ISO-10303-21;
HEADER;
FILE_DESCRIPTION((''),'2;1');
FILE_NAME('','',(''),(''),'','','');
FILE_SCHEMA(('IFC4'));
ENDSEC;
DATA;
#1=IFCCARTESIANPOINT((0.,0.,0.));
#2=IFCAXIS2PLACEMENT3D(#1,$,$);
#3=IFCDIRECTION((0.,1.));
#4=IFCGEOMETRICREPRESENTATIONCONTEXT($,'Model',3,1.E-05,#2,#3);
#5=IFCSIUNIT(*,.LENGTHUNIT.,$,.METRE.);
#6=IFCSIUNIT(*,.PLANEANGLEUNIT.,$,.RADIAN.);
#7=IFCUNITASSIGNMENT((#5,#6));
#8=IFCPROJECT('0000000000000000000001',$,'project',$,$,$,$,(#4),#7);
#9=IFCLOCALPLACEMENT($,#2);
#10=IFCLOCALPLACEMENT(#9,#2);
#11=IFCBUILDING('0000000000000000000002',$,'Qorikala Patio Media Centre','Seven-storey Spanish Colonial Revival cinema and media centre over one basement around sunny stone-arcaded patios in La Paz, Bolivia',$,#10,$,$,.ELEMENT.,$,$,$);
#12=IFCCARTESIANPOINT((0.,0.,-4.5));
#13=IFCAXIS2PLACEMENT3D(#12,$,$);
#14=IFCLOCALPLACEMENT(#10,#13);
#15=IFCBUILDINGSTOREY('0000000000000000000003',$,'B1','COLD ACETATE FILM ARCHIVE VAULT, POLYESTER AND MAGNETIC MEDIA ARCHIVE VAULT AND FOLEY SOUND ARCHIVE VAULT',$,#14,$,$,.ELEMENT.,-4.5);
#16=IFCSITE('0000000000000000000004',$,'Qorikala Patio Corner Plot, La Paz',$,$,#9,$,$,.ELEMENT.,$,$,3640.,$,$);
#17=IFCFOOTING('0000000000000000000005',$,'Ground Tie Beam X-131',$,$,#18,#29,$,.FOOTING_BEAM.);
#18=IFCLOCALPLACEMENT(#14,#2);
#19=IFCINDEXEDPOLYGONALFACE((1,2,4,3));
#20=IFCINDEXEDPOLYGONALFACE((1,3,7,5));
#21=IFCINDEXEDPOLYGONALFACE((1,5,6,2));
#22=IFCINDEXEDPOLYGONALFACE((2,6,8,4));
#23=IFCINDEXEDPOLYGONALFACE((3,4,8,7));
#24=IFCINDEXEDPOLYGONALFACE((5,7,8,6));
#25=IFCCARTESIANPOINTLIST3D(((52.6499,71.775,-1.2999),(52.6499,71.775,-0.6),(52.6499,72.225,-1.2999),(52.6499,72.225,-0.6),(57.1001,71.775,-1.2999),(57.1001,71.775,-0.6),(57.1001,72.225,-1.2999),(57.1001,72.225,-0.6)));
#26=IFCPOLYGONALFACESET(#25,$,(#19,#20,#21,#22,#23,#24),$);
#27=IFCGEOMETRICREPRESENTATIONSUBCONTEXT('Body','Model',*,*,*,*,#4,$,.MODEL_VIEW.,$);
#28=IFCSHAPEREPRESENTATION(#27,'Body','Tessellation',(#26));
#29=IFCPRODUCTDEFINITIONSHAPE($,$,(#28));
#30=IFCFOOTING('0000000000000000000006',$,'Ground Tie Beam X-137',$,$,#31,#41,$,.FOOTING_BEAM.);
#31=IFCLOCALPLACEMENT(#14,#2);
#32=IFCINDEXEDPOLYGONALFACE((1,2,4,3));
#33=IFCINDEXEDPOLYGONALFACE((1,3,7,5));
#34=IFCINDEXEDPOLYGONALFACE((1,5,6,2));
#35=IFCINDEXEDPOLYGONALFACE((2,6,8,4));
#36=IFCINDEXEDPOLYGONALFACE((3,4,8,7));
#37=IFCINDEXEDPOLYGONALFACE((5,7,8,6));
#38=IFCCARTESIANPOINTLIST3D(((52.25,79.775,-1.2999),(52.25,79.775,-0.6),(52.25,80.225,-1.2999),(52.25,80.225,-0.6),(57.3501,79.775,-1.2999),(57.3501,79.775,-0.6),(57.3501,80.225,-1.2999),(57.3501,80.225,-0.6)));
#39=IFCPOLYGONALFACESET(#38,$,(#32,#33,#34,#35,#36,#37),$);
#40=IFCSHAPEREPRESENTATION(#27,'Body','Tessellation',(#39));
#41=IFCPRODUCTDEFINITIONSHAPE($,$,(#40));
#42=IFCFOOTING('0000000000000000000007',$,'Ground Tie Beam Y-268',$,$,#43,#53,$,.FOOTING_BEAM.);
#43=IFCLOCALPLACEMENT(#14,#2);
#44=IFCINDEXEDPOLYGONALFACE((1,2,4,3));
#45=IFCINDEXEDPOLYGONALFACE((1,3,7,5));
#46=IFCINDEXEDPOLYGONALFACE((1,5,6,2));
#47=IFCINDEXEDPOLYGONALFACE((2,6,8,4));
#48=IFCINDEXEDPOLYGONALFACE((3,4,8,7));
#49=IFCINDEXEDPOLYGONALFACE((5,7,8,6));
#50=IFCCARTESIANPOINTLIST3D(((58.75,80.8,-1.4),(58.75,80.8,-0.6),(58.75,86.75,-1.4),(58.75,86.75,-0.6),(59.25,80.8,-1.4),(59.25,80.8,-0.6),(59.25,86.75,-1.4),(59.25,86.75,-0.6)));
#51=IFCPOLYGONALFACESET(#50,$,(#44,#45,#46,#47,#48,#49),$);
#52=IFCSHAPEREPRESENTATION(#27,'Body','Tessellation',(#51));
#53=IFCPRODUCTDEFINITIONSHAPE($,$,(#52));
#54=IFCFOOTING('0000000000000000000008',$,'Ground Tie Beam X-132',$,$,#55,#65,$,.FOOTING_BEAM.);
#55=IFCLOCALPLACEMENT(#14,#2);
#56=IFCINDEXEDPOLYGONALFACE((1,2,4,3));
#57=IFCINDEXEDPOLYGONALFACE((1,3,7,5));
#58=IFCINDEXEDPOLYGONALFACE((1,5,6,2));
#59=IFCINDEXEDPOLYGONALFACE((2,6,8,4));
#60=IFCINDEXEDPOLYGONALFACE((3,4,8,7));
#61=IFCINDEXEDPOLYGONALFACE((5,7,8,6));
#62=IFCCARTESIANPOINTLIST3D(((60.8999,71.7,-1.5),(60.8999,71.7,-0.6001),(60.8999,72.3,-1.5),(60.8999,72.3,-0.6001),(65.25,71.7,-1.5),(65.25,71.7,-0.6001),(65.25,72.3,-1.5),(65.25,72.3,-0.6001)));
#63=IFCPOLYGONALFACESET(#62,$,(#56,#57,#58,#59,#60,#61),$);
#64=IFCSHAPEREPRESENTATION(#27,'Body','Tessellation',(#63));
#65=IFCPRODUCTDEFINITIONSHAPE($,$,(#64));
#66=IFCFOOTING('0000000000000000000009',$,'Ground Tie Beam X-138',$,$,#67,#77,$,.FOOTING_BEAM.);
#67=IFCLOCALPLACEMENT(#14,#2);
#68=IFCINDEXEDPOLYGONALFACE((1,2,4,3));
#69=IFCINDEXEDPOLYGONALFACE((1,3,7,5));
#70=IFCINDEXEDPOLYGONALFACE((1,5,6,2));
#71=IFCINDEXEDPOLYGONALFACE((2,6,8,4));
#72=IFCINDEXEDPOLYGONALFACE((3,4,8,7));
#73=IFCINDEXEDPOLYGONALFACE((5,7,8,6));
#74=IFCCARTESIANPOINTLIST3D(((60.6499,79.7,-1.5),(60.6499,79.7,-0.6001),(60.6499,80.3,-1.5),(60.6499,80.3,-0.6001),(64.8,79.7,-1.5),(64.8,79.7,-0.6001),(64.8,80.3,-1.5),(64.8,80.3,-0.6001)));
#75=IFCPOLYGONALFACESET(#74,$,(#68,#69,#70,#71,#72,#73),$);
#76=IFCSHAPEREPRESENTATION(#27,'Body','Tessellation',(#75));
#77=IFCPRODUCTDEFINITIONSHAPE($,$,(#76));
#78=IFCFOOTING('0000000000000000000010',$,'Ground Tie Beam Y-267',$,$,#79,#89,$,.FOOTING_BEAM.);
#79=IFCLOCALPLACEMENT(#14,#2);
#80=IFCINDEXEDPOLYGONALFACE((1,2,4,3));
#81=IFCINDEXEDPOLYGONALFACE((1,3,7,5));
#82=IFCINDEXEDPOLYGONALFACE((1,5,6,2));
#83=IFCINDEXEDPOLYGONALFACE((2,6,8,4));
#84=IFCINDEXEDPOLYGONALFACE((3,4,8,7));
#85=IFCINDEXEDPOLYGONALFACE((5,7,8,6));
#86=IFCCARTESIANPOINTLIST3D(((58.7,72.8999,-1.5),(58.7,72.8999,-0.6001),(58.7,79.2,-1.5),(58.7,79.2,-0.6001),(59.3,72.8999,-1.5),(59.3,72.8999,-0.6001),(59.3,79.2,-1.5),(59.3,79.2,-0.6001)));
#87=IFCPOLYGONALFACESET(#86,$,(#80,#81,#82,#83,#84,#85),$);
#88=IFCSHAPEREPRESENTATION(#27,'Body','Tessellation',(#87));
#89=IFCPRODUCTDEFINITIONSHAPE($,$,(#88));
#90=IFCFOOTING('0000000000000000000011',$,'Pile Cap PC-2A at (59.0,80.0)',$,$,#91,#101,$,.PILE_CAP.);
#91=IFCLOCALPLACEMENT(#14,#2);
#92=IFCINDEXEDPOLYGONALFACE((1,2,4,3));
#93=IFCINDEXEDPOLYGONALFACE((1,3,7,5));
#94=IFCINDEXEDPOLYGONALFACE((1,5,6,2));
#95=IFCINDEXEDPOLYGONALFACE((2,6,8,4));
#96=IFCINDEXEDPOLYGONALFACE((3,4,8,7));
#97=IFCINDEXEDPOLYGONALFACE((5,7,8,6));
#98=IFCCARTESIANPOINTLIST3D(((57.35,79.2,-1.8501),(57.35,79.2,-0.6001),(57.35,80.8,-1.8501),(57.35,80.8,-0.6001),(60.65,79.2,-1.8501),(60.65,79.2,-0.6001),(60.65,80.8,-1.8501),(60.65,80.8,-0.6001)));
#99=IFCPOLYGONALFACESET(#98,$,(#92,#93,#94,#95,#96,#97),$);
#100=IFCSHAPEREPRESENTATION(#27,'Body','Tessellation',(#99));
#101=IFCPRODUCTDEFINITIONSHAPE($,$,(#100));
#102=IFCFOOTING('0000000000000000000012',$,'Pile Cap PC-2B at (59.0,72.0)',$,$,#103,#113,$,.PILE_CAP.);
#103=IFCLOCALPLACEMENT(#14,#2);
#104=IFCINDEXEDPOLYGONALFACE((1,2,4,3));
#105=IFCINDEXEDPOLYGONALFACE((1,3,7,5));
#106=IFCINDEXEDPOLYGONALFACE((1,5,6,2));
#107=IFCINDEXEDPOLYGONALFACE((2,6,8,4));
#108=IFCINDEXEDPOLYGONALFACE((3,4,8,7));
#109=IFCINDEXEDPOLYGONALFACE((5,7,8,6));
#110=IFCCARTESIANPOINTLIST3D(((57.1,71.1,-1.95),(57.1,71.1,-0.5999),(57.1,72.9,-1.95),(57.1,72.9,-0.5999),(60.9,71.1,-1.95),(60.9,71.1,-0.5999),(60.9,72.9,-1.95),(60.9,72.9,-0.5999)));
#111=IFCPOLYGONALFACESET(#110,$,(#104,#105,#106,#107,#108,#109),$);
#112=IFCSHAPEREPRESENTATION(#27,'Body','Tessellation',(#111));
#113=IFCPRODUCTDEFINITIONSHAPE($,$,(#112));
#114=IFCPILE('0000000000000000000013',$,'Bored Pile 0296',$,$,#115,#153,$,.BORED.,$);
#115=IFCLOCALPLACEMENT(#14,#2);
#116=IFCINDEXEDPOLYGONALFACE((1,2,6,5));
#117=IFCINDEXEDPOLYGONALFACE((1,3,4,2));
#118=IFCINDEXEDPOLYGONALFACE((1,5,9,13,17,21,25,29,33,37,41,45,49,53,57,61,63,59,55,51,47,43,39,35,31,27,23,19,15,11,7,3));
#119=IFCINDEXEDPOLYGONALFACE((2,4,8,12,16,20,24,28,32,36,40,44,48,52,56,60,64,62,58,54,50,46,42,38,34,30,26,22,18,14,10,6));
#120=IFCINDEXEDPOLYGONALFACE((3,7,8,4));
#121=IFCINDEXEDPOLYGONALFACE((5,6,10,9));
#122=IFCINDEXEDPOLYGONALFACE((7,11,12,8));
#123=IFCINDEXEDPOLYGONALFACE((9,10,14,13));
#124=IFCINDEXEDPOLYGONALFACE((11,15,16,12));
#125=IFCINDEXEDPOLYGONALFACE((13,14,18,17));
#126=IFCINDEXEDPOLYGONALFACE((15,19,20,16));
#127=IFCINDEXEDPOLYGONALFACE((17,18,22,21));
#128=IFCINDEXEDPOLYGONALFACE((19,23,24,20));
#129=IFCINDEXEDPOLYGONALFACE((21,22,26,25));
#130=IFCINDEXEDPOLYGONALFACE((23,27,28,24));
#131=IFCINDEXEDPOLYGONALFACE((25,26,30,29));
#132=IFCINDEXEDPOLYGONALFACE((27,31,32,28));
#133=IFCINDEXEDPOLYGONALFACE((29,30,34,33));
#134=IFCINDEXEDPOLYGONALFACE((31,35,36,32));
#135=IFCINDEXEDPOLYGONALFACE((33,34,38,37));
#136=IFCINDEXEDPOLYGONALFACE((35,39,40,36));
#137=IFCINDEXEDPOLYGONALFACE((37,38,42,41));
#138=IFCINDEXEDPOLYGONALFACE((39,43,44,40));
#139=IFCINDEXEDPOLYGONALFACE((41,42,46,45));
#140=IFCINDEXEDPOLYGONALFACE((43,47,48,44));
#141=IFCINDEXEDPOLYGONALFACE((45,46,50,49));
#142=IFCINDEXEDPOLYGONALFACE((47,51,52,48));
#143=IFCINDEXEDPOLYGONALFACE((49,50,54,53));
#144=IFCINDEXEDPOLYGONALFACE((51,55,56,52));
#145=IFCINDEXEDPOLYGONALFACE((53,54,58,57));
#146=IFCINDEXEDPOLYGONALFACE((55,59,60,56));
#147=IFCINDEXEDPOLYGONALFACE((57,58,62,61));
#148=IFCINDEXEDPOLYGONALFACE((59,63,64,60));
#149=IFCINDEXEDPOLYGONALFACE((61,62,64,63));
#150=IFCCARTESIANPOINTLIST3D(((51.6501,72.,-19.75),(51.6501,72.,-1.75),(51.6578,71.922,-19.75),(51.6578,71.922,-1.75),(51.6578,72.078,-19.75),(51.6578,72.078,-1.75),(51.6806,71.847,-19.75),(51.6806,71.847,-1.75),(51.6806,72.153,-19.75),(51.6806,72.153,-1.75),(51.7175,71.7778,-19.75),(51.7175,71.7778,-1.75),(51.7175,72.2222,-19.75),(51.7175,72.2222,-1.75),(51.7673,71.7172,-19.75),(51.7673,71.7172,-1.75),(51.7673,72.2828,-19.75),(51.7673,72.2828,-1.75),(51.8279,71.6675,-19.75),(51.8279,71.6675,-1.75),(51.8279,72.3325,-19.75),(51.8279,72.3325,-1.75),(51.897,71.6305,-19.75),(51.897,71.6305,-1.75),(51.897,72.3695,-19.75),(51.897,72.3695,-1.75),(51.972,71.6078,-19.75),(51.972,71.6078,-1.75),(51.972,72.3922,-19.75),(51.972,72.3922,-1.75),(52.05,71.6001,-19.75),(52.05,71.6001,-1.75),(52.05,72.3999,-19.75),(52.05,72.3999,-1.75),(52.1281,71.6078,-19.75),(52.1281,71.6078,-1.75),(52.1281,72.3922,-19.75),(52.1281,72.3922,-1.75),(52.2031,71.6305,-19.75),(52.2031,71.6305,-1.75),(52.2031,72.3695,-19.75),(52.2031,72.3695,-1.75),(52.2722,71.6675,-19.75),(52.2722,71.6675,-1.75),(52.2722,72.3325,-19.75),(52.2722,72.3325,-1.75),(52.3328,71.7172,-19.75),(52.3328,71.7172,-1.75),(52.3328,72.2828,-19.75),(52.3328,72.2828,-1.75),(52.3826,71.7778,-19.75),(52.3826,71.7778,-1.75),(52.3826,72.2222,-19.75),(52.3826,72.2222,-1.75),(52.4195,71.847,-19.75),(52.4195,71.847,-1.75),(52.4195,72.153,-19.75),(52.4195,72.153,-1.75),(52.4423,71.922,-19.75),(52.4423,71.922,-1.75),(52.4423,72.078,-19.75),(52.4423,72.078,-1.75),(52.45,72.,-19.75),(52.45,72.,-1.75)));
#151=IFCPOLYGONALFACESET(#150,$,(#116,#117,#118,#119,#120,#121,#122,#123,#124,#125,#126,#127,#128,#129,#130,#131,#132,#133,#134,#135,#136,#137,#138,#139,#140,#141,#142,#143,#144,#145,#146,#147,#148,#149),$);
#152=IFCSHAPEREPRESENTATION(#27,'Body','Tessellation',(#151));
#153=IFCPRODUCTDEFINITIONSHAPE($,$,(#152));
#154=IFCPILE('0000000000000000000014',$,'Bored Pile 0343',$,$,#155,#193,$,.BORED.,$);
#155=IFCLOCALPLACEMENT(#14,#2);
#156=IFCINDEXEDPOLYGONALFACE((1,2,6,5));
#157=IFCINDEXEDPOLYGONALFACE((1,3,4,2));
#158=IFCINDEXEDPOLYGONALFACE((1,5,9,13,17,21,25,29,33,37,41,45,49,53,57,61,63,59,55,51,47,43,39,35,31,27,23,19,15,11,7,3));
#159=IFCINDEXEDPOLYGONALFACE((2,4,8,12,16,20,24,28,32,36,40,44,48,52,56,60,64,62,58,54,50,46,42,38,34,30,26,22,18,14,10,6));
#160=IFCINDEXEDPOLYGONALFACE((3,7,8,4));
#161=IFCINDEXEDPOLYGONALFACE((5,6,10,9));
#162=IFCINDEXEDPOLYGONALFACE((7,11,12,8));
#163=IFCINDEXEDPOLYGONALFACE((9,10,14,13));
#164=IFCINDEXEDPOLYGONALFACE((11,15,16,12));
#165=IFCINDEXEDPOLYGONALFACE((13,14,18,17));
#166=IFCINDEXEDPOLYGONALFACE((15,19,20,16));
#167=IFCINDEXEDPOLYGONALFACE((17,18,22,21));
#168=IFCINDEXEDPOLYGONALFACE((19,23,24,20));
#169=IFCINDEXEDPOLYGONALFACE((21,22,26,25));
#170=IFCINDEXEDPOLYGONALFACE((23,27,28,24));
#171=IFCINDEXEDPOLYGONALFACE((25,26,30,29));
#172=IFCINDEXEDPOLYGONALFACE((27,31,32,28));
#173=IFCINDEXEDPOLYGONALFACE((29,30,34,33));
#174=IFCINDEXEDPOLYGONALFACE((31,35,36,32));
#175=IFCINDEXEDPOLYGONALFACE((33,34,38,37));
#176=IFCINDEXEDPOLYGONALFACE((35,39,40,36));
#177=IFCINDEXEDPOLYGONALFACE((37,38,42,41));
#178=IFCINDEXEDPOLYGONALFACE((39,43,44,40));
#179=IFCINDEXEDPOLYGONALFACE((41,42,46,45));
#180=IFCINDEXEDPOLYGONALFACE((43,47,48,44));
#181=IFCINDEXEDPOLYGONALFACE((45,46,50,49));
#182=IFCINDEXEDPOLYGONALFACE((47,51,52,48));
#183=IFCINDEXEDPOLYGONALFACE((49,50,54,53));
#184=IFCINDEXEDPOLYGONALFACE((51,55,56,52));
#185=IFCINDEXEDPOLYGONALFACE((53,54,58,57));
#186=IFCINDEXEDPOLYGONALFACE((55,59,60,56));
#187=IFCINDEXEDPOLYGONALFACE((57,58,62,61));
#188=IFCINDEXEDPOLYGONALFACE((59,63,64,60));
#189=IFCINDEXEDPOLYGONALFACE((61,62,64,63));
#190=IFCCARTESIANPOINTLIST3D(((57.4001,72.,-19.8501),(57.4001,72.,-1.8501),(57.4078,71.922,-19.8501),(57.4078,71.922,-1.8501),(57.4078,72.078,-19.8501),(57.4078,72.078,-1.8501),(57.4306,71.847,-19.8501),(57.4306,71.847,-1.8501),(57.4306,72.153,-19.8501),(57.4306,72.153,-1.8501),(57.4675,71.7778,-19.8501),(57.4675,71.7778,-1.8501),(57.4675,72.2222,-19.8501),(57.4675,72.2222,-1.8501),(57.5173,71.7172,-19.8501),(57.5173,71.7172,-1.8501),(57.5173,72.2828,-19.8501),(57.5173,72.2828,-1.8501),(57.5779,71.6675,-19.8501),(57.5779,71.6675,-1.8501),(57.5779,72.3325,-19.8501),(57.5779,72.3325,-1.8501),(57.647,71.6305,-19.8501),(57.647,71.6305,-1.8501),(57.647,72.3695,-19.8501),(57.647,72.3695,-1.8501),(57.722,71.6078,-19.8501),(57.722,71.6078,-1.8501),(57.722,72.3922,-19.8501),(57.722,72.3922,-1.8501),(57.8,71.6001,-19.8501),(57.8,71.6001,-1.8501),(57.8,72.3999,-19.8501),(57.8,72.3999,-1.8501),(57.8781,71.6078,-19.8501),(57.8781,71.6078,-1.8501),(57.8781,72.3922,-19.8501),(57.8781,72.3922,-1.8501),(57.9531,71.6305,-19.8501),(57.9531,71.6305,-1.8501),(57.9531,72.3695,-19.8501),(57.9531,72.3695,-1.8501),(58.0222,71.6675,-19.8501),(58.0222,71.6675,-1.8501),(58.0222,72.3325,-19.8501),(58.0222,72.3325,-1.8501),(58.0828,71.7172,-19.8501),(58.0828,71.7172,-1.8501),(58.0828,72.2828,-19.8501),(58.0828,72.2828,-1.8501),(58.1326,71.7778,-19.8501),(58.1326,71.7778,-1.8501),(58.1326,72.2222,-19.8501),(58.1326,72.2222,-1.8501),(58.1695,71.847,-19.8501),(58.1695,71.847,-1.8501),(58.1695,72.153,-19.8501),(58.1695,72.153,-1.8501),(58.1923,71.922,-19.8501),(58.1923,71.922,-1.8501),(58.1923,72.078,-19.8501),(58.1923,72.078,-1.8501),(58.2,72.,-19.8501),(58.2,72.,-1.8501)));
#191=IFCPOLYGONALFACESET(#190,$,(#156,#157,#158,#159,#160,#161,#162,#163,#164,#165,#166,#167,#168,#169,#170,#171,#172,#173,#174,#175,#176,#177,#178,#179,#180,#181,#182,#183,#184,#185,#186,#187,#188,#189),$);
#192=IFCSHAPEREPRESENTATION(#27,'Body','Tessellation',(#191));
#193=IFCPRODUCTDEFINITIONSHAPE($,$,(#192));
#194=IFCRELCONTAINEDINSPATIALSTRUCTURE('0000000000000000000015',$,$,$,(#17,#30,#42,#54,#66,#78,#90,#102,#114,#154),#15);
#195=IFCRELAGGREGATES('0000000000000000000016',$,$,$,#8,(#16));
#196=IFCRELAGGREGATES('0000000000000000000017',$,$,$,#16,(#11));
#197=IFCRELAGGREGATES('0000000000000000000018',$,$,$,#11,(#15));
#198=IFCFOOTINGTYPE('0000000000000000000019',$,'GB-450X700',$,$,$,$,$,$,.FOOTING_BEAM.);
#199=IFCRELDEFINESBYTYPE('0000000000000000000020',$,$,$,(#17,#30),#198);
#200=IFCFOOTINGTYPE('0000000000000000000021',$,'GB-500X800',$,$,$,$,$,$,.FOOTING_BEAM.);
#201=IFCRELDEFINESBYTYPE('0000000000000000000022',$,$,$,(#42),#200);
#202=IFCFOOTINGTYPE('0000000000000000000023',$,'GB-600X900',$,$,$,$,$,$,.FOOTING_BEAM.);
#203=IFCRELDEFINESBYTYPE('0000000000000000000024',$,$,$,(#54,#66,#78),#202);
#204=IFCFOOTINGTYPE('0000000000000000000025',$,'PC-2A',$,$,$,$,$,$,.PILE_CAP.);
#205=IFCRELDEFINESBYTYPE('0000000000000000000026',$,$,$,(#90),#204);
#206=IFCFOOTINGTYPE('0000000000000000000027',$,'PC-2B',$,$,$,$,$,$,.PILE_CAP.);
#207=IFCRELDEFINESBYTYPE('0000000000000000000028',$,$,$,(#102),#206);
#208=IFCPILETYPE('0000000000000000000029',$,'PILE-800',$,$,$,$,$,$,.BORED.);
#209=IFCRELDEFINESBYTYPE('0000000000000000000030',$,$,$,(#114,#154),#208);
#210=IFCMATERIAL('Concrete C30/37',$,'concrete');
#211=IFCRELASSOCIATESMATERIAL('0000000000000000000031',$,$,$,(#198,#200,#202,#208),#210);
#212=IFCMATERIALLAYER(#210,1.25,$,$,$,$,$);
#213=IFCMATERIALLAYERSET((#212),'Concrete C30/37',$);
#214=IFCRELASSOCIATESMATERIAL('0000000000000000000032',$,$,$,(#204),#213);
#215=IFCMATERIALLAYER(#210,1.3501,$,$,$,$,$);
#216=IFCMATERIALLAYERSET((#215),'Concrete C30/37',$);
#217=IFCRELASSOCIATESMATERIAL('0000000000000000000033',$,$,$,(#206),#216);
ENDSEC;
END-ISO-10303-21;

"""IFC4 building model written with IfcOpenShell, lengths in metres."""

from ifc_helpers import new_model, si_unit, direction, frame, origin, origin_2d, place, context, subcontext, project, spatial, rectangle, circle, extrude, material, layer, layer_set, material_profile, profile_set, type_object, element, save


model = new_model("IFC4")

# Units and contexts
model_context = context("Model", 3, precision=1e-05, world=origin(), true_north=direction((0.0, 1.0)))
body_context = subcontext(model_context, "Body", "Model", "MODEL_VIEW")
ifc_project = project(units=[si_unit("LENGTHUNIT", "METRE"), si_unit("PLANEANGLEUNIT", "RADIAN")], contexts=[model_context])

# Site, building, storey
site_placement = place(None, origin())
site = spatial("IfcSite", under=ifc_project, at=site_placement, Name="Qorikala Patio Corner Plot, La Paz", CompositionType="ELEMENT", RefElevation=3640.0)
building_placement = place(site_placement, origin())
building = spatial("IfcBuilding", under=site, at=building_placement, Name="Qorikala Patio Media Centre", Description="Seven-storey Spanish Colonial Revival cinema and media centre over one basement around sunny stone-arcaded patios in La Paz, Bolivia", CompositionType="ELEMENT")
storey_placement = place(building_placement, frame((0.0, 0.0, -4.5)))
storey = spatial("IfcBuildingStorey", under=building, at=storey_placement, Name="B1", Description="COLD ACETATE FILM ARCHIVE VAULT, POLYESTER AND MAGNETIC MEDIA ARCHIVE VAULT AND FOLEY SOUND ARCHIVE VAULT", CompositionType="ELEMENT", Elevation=-4.5)

# Footings
ifc_material_1 = material(Name="Concrete C30/37", Category="concrete")
ifc_material_profile_1 = material_profile(ifc_material_1, rectangle(XDim=0.45, YDim=0.7, at=origin_2d()), Name="RC 450x700")
ifc_profile_set_1 = profile_set([ifc_material_profile_1], Name="Concrete C30/37")
footing_type_1 = type_object("IfcFootingType", Name="GB-450X700", PredefinedType="FOOTING_BEAM", material=ifc_profile_set_1)
footing_1_placement = place(storey_placement, frame((52.6499, 72.0, -0.95), z_axis=(1.0, 0.0, 0.0), x_axis=(0.0, 1.0, 0.0)))
element("IfcFooting", 1, at=footing_1_placement, inside=storey, type_object=footing_type_1, Name="Ground Tie Beam X-131", PredefinedType="FOOTING_BEAM", context=body_context, shape_type="SweptSolid", body=[
    extrude(rectangle(XDim=0.45, YDim=0.7, at=origin_2d()), origin(), (0.0, 0.0, 1.0), 4.4502),
])
footing_2_placement = place(storey_placement, frame((52.25, 80.0, -0.95), z_axis=(1.0, 0.0, 0.0), x_axis=(0.0, 1.0, 0.0)))
element("IfcFooting", 2, at=footing_2_placement, inside=storey, type_object=footing_type_1, Name="Ground Tie Beam X-137", PredefinedType="FOOTING_BEAM", context=body_context, shape_type="SweptSolid", body=[
    extrude(rectangle(XDim=0.45, YDim=0.7, at=origin_2d()), origin(), (0.0, 0.0, 1.0), 5.1001),
])
ifc_material_profile_2 = material_profile(ifc_material_1, rectangle(XDim=0.5, YDim=0.8, at=origin_2d()), Name="RC 500x800")
ifc_profile_set_2 = profile_set([ifc_material_profile_2], Name="Concrete C30/37")
footing_type_2 = type_object("IfcFootingType", Name="GB-500X800", PredefinedType="FOOTING_BEAM", material=ifc_profile_set_2)
footing_3_placement = place(storey_placement, frame((59.0, 80.8, -1.0), z_axis=(0.0, 1.0, 0.0), x_axis=(-1.0, 0.0, 0.0)))
element("IfcFooting", 3, at=footing_3_placement, inside=storey, type_object=footing_type_2, Name="Ground Tie Beam Y-268", PredefinedType="FOOTING_BEAM", context=body_context, shape_type="SweptSolid", body=[
    extrude(rectangle(XDim=0.5, YDim=0.8, at=origin_2d()), origin(), (0.0, 0.0, 1.0), 5.95),
])
ifc_material_profile_3 = material_profile(ifc_material_1, rectangle(XDim=0.6001, YDim=0.8999, at=origin_2d()), Name="RC 600x900")
ifc_profile_set_3 = profile_set([ifc_material_profile_3], Name="Concrete C30/37")
footing_type_3 = type_object("IfcFootingType", Name="GB-600X900", PredefinedType="FOOTING_BEAM", material=ifc_profile_set_3)
footing_4_placement = place(storey_placement, frame((60.8999, 72.0, -1.05), z_axis=(1.0, 0.0, 0.0), x_axis=(0.0, 1.0, 0.0)))
element("IfcFooting", 4, at=footing_4_placement, inside=storey, type_object=footing_type_3, Name="Ground Tie Beam X-132", PredefinedType="FOOTING_BEAM", context=body_context, shape_type="SweptSolid", body=[
    extrude(rectangle(XDim=0.6001, YDim=0.8999, at=origin_2d()), origin(), (0.0, 0.0, 1.0), 4.3501),
])
footing_5_placement = place(storey_placement, frame((60.6499, 80.0, -1.05), z_axis=(1.0, 0.0, 0.0), x_axis=(0.0, 1.0, 0.0)))
element("IfcFooting", 5, at=footing_5_placement, inside=storey, type_object=footing_type_3, Name="Ground Tie Beam X-138", PredefinedType="FOOTING_BEAM", context=body_context, shape_type="SweptSolid", body=[
    extrude(rectangle(XDim=0.6001, YDim=0.8999, at=origin_2d()), origin(), (0.0, 0.0, 1.0), 4.1501),
])
footing_6_placement = place(storey_placement, frame((59.0, 72.8999, -1.05), z_axis=(0.0, 1.0, 0.0), x_axis=(-1.0, 0.0, 0.0)))
element("IfcFooting", 6, at=footing_6_placement, inside=storey, type_object=footing_type_3, Name="Ground Tie Beam Y-267", PredefinedType="FOOTING_BEAM", context=body_context, shape_type="SweptSolid", body=[
    extrude(rectangle(XDim=0.6001, YDim=0.8999, at=origin_2d()), origin(), (0.0, 0.0, 1.0), 6.3),
])
ifc_layer_1 = layer(ifc_material_1, 1.25)
ifc_layer_set_1 = layer_set([ifc_layer_1], Name="Concrete C30/37")
footing_type_4 = type_object("IfcFootingType", Name="PC-2A", PredefinedType="PILE_CAP", material=ifc_layer_set_1)
footing_7_placement = place(storey_placement, frame((59.0, 80.0, -1.8501), z_axis=(0.0, 0.0, 1.0), x_axis=(1.0, 0.0, 0.0)))
element("IfcFooting", 7, at=footing_7_placement, inside=storey, type_object=footing_type_4, Name="Pile Cap PC-2A at (59.0,80.0)", PredefinedType="PILE_CAP", context=body_context, shape_type="SweptSolid", body=[
    extrude(rectangle(XDim=3.3, YDim=1.6001, at=origin_2d()), origin(), (0.0, 0.0, 1.0), 1.25),
])
ifc_layer_2 = layer(ifc_material_1, 1.3501)
ifc_layer_set_2 = layer_set([ifc_layer_2], Name="Concrete C30/37")
footing_type_5 = type_object("IfcFootingType", Name="PC-2B", PredefinedType="PILE_CAP", material=ifc_layer_set_2)
footing_8_placement = place(storey_placement, frame((59.0, 72.0, -1.95), z_axis=(0.0, 0.0, 1.0), x_axis=(1.0, 0.0, 0.0)))
element("IfcFooting", 8, at=footing_8_placement, inside=storey, type_object=footing_type_5, Name="Pile Cap PC-2B at (59.0,72.0)", PredefinedType="PILE_CAP", context=body_context, shape_type="SweptSolid", body=[
    extrude(rectangle(XDim=3.8, YDim=1.8, at=origin_2d()), origin(), (0.0, 0.0, 1.0), 1.3501),
])

# Piles
ifc_material_profile_4 = material_profile(ifc_material_1, circle(Radius=0.3999, at=origin_2d()), Name="BORED PILE 800")
ifc_profile_set_4 = profile_set([ifc_material_profile_4], Name="Concrete C30/37")
pile_type = type_object("IfcPileType", Name="PILE-800", PredefinedType="BORED", material=ifc_profile_set_4)
for number, where, z_axis, x_axis, name in (
    (9, (52.05, 72.0, -1.75), (0.0, 0.0, -1.0), (1.0, 0.0, 0.0), "Bored Pile 0296"),
    (10, (57.8, 72.0, -1.8501), (0.0, 0.0, -1.0), (1.0, 0.0, 0.0), "Bored Pile 0343"),
):
    element("IfcPile", number, at=place(storey_placement, frame(where, z_axis=z_axis, x_axis=x_axis)), inside=storey, type_object=pile_type, Name=name, PredefinedType="BORED", context=body_context, shape_type="SweptSolid", body=[
        extrude(circle(Radius=0.3999, at=origin_2d()), origin(), (0.0, 0.0, 1.0), 18.0),
    ])

save(model, "model.ifc")
